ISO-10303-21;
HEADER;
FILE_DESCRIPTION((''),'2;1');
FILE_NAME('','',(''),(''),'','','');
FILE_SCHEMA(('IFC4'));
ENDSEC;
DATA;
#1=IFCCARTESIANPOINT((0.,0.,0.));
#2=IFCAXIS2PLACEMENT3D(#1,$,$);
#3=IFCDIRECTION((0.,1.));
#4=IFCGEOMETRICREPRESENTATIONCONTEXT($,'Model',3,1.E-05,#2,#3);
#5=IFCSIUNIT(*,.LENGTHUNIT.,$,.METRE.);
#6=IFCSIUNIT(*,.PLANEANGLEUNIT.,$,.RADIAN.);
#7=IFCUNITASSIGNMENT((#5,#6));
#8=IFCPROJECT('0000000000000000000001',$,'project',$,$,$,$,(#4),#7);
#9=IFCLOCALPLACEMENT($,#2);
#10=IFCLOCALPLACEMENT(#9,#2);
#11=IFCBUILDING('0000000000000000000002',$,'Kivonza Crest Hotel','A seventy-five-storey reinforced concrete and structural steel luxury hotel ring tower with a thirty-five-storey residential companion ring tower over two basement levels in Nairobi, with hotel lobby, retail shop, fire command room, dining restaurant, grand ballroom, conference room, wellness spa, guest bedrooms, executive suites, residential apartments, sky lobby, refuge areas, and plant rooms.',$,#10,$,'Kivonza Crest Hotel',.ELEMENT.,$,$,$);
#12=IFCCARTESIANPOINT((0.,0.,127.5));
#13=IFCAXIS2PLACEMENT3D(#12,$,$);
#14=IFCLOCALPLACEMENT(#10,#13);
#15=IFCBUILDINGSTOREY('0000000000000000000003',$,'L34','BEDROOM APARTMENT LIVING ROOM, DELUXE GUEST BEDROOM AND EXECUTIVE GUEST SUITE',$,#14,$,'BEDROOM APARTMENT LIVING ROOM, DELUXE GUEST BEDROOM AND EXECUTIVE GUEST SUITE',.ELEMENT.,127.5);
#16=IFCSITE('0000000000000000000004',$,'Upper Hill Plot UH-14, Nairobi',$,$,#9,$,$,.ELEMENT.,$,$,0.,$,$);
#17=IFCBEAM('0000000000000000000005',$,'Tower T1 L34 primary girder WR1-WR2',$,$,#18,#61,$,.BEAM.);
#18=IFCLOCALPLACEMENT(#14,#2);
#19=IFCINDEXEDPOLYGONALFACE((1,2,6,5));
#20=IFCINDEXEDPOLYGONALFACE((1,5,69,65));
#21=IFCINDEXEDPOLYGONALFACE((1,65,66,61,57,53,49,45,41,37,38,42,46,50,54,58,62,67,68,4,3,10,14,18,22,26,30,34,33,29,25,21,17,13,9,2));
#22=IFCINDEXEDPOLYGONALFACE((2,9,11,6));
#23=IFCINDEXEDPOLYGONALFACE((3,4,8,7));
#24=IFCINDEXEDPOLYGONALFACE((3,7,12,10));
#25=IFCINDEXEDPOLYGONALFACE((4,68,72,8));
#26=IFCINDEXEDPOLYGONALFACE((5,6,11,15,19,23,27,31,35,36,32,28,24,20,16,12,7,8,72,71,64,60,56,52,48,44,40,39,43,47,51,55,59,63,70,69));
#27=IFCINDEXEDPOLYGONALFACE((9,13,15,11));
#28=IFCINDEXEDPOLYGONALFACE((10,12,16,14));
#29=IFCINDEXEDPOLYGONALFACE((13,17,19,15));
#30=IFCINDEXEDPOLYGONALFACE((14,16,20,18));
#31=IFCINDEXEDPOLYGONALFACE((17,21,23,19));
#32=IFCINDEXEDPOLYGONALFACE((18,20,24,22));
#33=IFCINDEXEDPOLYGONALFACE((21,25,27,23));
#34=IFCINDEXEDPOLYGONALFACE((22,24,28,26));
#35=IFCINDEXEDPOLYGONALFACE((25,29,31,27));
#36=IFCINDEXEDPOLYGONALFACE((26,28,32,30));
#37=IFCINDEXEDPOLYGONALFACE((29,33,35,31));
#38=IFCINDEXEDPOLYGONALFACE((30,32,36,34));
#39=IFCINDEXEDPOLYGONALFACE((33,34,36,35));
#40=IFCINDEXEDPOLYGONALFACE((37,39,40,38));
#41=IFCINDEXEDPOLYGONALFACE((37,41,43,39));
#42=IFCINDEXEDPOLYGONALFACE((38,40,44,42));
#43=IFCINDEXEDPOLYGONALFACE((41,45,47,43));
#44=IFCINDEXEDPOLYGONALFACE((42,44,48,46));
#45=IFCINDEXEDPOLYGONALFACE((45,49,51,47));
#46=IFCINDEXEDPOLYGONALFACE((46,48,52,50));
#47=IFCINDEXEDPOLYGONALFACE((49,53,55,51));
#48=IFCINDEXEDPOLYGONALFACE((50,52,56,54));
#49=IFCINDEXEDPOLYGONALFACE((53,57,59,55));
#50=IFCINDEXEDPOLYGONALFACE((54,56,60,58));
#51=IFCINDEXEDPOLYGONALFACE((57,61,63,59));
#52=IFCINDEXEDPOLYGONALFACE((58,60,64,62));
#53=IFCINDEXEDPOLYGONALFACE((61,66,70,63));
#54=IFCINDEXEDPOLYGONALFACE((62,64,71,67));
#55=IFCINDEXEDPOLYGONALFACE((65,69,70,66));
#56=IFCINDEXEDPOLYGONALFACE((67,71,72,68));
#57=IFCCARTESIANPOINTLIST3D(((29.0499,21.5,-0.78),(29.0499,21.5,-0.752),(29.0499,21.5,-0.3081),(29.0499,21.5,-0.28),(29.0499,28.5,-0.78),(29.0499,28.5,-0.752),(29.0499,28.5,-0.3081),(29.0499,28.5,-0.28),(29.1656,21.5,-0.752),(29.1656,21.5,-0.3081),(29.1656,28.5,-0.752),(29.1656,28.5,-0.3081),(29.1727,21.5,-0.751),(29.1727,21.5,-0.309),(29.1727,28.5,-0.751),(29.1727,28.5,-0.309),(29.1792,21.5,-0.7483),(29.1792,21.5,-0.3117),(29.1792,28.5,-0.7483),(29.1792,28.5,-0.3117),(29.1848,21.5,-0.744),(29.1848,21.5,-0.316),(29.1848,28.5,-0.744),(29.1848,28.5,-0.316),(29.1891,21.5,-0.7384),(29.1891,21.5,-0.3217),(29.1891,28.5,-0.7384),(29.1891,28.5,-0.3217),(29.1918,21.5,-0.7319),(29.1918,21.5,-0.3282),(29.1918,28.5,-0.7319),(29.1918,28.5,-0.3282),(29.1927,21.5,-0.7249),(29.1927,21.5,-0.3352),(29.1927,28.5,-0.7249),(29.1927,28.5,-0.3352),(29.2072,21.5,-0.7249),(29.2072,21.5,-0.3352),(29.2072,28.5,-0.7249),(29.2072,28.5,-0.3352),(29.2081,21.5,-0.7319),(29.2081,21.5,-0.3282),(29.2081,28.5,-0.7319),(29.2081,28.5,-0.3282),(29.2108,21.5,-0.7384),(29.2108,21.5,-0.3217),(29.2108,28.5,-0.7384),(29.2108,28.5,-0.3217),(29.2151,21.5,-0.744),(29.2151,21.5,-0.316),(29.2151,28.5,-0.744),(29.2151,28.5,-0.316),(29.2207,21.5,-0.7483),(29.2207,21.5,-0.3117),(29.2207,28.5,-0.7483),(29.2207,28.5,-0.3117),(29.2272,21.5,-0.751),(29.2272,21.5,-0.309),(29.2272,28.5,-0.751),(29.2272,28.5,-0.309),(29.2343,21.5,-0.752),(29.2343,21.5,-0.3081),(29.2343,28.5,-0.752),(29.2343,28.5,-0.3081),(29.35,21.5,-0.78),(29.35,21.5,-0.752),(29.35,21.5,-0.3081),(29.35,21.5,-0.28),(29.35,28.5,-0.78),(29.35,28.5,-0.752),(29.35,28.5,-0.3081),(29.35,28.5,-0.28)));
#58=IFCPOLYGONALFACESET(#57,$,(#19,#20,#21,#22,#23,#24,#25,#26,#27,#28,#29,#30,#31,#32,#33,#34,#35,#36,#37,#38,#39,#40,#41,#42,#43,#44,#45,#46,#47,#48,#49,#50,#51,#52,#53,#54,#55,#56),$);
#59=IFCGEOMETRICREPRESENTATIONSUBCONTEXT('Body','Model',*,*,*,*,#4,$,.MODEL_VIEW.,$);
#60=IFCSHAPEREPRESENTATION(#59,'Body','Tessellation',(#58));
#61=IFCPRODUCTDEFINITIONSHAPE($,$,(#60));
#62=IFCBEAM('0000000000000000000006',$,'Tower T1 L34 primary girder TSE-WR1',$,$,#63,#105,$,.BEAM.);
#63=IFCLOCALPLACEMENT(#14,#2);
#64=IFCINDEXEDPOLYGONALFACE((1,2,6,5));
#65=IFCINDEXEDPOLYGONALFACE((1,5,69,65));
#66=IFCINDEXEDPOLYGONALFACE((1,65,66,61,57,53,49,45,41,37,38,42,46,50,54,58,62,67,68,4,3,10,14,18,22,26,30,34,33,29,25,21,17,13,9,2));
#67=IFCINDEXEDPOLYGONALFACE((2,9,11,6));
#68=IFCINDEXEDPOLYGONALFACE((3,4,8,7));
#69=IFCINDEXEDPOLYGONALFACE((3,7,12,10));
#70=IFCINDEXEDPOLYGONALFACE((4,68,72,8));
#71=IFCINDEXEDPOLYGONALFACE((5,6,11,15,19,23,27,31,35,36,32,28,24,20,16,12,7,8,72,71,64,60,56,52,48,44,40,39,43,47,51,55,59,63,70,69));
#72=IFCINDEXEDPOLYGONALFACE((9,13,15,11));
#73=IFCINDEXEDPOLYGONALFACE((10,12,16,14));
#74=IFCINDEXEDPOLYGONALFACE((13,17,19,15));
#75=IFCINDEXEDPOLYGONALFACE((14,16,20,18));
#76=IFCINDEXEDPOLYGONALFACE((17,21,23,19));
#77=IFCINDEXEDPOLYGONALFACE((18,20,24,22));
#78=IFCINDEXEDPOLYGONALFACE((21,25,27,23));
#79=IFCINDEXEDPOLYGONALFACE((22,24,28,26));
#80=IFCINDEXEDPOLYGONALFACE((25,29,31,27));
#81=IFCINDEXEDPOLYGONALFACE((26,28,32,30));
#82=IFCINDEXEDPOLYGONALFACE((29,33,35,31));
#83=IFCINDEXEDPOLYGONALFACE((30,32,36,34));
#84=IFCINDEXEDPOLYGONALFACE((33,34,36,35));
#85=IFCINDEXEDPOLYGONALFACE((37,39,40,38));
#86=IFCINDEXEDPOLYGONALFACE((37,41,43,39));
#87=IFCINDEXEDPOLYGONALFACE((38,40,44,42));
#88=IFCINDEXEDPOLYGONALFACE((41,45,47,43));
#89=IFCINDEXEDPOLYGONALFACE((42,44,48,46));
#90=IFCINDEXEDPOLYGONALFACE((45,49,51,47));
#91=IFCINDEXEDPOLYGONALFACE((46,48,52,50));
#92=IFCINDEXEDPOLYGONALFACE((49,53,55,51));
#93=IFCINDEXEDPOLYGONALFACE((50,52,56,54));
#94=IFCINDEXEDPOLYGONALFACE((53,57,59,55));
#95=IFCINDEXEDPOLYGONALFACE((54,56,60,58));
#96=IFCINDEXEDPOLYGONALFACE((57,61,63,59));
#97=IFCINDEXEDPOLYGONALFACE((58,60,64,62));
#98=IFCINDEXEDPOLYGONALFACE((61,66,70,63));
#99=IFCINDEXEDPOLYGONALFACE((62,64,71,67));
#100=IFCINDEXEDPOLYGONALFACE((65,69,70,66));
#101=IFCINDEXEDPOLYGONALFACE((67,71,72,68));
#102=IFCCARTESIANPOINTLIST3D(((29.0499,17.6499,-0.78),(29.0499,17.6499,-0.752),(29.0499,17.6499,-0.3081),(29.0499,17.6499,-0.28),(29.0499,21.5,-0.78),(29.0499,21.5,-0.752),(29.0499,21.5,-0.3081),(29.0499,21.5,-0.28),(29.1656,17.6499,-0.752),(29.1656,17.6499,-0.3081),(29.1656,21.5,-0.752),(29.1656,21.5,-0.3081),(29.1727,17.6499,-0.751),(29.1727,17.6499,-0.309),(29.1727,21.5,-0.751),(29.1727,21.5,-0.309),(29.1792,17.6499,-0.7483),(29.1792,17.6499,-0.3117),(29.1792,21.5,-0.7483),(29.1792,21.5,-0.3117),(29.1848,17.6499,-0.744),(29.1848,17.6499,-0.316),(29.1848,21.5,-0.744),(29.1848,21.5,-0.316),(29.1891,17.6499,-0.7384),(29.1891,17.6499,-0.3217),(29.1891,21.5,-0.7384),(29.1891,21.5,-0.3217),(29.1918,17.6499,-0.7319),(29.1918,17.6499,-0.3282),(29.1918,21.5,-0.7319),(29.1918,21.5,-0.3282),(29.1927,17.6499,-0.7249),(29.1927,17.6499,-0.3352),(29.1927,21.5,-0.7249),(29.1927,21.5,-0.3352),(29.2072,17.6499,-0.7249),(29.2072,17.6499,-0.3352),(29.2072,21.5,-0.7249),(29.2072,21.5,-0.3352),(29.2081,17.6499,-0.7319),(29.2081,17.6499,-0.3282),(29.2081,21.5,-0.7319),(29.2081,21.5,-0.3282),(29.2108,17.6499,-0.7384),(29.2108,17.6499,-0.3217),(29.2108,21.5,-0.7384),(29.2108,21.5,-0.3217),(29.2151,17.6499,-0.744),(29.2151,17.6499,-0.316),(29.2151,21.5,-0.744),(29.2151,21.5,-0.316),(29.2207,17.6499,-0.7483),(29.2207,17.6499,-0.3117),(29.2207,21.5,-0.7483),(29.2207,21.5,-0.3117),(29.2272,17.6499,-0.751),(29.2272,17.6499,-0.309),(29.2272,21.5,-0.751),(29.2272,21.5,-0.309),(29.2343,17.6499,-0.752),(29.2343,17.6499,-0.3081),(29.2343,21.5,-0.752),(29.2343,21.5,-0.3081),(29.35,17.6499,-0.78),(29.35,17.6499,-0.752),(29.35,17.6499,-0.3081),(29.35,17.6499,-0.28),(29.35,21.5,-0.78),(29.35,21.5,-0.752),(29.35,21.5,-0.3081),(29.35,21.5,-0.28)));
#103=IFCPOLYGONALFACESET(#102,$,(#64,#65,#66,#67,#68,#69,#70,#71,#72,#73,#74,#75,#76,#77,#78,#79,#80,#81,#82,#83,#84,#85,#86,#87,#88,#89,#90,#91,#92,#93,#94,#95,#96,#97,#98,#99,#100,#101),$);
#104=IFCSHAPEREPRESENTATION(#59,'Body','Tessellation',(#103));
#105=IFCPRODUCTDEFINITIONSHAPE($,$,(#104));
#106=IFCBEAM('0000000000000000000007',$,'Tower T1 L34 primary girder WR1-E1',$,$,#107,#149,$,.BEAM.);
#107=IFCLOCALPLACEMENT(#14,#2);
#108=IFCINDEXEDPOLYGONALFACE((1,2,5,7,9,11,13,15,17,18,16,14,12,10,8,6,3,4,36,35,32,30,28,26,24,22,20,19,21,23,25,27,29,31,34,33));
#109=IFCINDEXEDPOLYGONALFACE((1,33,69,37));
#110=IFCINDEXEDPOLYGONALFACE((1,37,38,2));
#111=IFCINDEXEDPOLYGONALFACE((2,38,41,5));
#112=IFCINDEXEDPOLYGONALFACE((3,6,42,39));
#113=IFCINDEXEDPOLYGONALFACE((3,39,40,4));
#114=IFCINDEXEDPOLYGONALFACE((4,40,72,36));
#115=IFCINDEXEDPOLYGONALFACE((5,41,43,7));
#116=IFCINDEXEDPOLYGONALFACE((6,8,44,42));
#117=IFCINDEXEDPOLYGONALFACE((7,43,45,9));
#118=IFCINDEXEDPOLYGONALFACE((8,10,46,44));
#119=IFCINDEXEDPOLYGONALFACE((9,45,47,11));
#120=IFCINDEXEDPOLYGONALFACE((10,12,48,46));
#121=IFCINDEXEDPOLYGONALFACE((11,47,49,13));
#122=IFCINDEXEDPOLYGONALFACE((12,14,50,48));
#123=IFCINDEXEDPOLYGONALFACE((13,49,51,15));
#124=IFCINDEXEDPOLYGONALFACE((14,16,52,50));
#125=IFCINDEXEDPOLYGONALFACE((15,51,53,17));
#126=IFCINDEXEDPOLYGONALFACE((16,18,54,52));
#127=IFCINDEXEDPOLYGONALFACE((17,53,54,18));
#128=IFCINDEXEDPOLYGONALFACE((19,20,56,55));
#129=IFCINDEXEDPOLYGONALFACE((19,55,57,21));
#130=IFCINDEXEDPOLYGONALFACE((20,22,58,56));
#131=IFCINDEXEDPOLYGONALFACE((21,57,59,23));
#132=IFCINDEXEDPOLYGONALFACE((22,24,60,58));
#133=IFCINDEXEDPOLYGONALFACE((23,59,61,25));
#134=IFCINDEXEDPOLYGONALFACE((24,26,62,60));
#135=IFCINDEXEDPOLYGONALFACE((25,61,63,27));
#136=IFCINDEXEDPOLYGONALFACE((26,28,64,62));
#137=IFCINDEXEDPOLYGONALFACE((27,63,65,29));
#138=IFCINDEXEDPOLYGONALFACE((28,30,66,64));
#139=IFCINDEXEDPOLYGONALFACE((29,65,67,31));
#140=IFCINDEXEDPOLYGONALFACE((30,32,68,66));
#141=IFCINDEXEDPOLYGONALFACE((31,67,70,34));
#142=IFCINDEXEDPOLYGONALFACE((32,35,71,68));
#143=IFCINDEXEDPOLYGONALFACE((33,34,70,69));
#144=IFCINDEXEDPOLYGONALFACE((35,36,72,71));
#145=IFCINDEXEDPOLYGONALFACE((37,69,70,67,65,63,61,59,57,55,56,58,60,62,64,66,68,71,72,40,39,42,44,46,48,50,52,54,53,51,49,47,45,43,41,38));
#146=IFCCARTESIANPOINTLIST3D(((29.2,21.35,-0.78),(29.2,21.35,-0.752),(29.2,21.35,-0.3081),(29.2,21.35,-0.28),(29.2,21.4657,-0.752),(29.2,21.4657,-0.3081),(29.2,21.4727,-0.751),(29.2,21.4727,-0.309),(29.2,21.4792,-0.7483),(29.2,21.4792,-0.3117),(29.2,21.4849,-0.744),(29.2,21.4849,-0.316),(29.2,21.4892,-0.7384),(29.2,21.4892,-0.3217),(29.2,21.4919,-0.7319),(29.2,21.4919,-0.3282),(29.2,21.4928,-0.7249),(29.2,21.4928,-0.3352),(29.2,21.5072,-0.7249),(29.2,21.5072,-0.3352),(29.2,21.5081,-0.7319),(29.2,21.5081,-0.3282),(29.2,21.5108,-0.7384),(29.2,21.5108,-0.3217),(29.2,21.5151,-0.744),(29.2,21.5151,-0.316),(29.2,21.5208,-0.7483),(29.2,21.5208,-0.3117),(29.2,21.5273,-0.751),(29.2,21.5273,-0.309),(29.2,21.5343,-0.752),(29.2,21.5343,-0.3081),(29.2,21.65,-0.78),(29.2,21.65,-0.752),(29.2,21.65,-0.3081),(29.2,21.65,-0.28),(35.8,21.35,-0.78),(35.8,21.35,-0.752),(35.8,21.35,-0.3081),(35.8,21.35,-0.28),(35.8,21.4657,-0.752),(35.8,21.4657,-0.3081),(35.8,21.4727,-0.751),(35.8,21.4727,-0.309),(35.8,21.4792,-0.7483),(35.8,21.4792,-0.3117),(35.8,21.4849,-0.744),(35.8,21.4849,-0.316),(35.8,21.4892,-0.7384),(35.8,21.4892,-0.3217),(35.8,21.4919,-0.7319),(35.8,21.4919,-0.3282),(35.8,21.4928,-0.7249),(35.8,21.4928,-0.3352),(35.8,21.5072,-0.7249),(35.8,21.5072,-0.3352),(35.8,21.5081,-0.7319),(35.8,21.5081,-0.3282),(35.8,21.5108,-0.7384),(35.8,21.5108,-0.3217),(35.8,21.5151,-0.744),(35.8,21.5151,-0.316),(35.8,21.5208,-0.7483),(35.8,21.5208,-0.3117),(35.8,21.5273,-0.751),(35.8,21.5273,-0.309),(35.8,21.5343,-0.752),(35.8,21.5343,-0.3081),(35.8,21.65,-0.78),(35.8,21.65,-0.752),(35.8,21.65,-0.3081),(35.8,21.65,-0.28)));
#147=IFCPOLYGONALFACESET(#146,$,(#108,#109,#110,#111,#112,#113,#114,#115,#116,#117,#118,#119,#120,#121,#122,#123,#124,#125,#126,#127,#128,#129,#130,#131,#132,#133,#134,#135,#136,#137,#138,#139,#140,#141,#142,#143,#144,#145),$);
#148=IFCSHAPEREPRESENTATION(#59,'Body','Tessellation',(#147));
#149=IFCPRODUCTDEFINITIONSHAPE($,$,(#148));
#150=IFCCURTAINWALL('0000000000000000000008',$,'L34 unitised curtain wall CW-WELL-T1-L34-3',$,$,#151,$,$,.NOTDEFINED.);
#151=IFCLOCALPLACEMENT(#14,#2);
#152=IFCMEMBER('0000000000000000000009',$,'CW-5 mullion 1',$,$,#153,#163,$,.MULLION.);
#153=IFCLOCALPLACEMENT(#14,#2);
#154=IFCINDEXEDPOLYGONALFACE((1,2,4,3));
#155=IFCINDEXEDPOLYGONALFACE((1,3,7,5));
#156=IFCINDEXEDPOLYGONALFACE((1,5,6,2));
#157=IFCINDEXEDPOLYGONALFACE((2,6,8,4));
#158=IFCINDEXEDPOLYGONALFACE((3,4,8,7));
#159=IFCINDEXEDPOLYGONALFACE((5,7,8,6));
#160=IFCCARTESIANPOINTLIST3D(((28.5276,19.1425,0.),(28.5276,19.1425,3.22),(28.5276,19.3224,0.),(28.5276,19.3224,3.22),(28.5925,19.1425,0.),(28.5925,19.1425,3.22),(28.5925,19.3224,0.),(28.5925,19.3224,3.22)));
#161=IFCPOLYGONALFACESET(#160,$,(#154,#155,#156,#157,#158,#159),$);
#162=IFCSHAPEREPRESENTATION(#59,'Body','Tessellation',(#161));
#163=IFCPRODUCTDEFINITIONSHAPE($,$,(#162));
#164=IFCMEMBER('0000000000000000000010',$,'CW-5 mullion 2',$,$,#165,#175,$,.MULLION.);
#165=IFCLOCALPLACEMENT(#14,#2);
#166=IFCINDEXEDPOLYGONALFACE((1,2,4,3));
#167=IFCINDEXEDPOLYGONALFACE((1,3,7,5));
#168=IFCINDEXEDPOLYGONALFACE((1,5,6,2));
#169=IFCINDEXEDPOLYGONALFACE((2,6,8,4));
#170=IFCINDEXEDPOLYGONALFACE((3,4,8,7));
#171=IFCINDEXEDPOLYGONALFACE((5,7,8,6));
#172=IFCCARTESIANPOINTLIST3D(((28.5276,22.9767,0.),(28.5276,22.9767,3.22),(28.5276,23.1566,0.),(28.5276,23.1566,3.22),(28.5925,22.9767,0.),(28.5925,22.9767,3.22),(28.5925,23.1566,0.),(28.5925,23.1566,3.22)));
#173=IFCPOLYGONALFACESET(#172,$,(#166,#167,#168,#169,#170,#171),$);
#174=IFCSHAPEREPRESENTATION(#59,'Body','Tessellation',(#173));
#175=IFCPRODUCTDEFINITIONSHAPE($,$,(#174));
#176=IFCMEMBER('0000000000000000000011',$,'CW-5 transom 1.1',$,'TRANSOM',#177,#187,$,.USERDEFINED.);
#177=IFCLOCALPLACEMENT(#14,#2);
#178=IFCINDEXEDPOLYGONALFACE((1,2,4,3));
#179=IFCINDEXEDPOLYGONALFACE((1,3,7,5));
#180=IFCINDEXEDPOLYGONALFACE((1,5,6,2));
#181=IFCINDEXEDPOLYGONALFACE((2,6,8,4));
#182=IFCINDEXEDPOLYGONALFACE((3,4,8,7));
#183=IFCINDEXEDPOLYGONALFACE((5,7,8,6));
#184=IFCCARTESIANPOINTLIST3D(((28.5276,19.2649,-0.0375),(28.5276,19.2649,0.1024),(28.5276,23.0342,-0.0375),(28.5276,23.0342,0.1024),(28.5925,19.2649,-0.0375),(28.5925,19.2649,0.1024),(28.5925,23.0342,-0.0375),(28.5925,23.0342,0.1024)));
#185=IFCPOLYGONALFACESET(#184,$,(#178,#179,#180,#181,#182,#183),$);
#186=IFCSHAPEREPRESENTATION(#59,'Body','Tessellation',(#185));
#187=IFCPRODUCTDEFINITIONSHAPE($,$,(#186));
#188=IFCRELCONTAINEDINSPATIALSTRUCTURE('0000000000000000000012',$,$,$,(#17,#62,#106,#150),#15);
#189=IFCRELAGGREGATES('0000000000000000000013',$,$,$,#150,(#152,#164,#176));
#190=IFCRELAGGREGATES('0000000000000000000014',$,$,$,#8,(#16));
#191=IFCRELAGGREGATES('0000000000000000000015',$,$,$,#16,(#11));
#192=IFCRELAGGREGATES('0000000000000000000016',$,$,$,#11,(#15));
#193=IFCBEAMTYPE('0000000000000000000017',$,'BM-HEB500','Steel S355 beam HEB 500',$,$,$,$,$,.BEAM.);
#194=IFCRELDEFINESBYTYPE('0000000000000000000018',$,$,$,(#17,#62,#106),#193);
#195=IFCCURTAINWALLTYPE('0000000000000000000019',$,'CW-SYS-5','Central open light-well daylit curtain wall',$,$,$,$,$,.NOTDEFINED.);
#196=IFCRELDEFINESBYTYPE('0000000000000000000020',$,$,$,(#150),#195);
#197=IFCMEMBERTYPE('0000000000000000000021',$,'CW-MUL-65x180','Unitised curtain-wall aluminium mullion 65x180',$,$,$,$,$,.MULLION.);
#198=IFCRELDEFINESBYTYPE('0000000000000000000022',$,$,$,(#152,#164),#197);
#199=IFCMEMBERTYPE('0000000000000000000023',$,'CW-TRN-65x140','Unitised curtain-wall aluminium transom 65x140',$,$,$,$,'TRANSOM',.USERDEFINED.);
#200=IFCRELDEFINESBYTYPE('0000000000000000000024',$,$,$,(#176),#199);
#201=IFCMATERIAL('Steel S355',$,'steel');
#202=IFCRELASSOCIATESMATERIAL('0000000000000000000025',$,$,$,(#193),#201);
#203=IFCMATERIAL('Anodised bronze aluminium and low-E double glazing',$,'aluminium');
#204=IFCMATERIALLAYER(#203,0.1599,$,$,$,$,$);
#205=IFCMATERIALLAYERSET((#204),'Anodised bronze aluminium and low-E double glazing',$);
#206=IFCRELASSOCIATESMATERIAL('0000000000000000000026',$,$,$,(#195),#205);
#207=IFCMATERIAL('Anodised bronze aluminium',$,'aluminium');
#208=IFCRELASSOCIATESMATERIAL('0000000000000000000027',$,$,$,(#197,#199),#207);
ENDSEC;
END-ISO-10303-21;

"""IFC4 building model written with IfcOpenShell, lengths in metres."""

from ifc_helpers import new_model, si_unit, direction, frame, origin, origin_2d, place, context, subcontext, project, spatial, rectangle, i_section, extrude, material, layer, layer_set, material_profile, profile_set, type_object, element, aggregate, save


model = new_model("IFC4")

# Units and contexts
model_context = context("Model", 3, precision=1e-05, world=origin(), true_north=direction((0.0, 1.0)))
body_context = subcontext(model_context, "Body", "Model", "MODEL_VIEW")
ifc_project = project(units=[si_unit("LENGTHUNIT", "METRE"), si_unit("PLANEANGLEUNIT", "RADIAN")], contexts=[model_context])

# Site, building, storey
site_placement = place(None, origin())
site = spatial("IfcSite", under=ifc_project, at=site_placement, Name="Upper Hill Plot UH-14, Nairobi", CompositionType="ELEMENT", RefElevation=0.0)
building_placement = place(site_placement, origin())
building = spatial("IfcBuilding", under=site, at=building_placement, Name="Kivonza Crest Hotel", Description="A seventy-five-storey reinforced concrete and structural steel luxury hotel ring tower with a thirty-five-storey residential companion ring tower over two basement levels in Nairobi, with hotel lobby, retail shop, fire command room, dining restaurant, grand ballroom, conference room, wellness spa, guest bedrooms, executive suites, residential apartments, sky lobby, refuge areas, and plant rooms.", LongName="Kivonza Crest Hotel", CompositionType="ELEMENT")
storey_placement = place(building_placement, frame((0.0, 0.0, 127.5)))
storey = spatial("IfcBuildingStorey", under=building, at=storey_placement, Name="L34", Description="BEDROOM APARTMENT LIVING ROOM, DELUXE GUEST BEDROOM AND EXECUTIVE GUEST SUITE", LongName="BEDROOM APARTMENT LIVING ROOM, DELUXE GUEST BEDROOM AND EXECUTIVE GUEST SUITE", CompositionType="ELEMENT", Elevation=127.5)

# Beams
ifc_material_1 = material(Name="Steel S355", Category="steel")
ifc_material_profile_1 = material_profile(ifc_material_1, i_section(OverallWidth=0.3, OverallDepth=0.5, WebThickness=0.0144, FlangeThickness=0.0281, FilletRadius=0.0271, at=origin_2d()), Name="HEB 500")
ifc_profile_set_1 = profile_set([ifc_material_profile_1], Name="Steel S355")
beam_type_1 = type_object("IfcBeamType", Name="BM-HEB500", Description="Steel S355 beam HEB 500", PredefinedType="BEAM", material=ifc_profile_set_1)
beam_1_placement = place(storey_placement, frame((29.2, 21.5, -0.53), z_axis=(0.0, 1.0, 0.0), x_axis=(-1.0, 0.0, 0.0)))
element("IfcBeam", 1, at=beam_1_placement, inside=storey, type_object=beam_type_1, Name="Tower T1 L34 primary girder WR1-WR2", PredefinedType="BEAM", context=body_context, shape_type="SweptSolid", body=[
    extrude(i_section(OverallWidth=0.3, OverallDepth=0.5, WebThickness=0.0144, FlangeThickness=0.0281, FilletRadius=0.0271, at=origin_2d()), origin(), (0.0, 0.0, 1.0), 7.0),
])
beam_2_placement = place(storey_placement, frame((29.2, 17.6499, -0.53), z_axis=(0.0, 1.0, 0.0), x_axis=(-1.0, 0.0, 0.0)))
element("IfcBeam", 2, at=beam_2_placement, inside=storey, type_object=beam_type_1, Name="Tower T1 L34 primary girder TSE-WR1", PredefinedType="BEAM", context=body_context, shape_type="SweptSolid", body=[
    extrude(i_section(OverallWidth=0.3, OverallDepth=0.5, WebThickness=0.0144, FlangeThickness=0.0281, FilletRadius=0.0271, at=origin_2d()), origin(), (0.0, 0.0, 1.0), 3.8501),
])
beam_3_placement = place(storey_placement, frame((29.2, 21.5, -0.53), z_axis=(1.0, 0.0, 0.0), x_axis=(0.0, 1.0, 0.0)))
element("IfcBeam", 3, at=beam_3_placement, inside=storey, type_object=beam_type_1, Name="Tower T1 L34 primary girder WR1-E1", PredefinedType="BEAM", context=body_context, shape_type="SweptSolid", body=[
    extrude(i_section(OverallWidth=0.3, OverallDepth=0.5, WebThickness=0.0144, FlangeThickness=0.0281, FilletRadius=0.0271, at=origin_2d()), origin(), (0.0, 0.0, 1.0), 6.6001),
])

# Curtain wall, members
ifc_material_2 = material(Name="Anodised bronze aluminium and low-E double glazing", Category="aluminium")
ifc_layer_1 = layer(ifc_material_2, 0.1599)
ifc_layer_set_1 = layer_set([ifc_layer_1], Name="Anodised bronze aluminium and low-E double glazing")
curtain_wall_type = type_object("IfcCurtainWallType", Name="CW-SYS-5", Description="Central open light-well daylit curtain wall", PredefinedType="NOTDEFINED", material=ifc_layer_set_1)
curtain_wall_placement = place(storey_placement, origin())
curtain_wall = element("IfcCurtainWall", 4, at=curtain_wall_placement, inside=storey, type_object=curtain_wall_type, Name="L34 unitised curtain wall CW-WELL-T1-L34-3", PredefinedType="NOTDEFINED")
ifc_material_3 = material(Name="Anodised bronze aluminium", Category="aluminium")
ifc_material_profile_2 = material_profile(ifc_material_3, rectangle(XDim=0.0649, YDim=0.1799, at=origin_2d()), Name="CW-M 65x180")
ifc_profile_set_2 = profile_set([ifc_material_profile_2], Name="Anodised bronze aluminium")
member_type_1 = type_object("IfcMemberType", Name="CW-MUL-65x180", Description="Unitised curtain-wall aluminium mullion 65x180", PredefinedType="MULLION", material=ifc_profile_set_2)
member_1_placement = place(storey_placement, frame((28.5601, 19.2324, 0.0), z_axis=(0.0, 0.0, 1.0), x_axis=(-1.0, 0.0, 0.0)))
member_1 = element("IfcMember", 5, at=member_1_placement, type_object=member_type_1, Name="CW-5 mullion 1", PredefinedType="MULLION", context=body_context, shape_type="SweptSolid", body=[
    extrude(rectangle(XDim=0.0649, YDim=0.1799, at=origin_2d()), origin(), (0.0, 0.0, 1.0), 3.22),
])
member_2_placement = place(storey_placement, frame((28.5601, 23.0667, 0.0), z_axis=(0.0, 0.0, 1.0), x_axis=(-1.0, 0.0, 0.0)))
member_2 = element("IfcMember", 6, at=member_2_placement, type_object=member_type_1, Name="CW-5 mullion 2", PredefinedType="MULLION", context=body_context, shape_type="SweptSolid", body=[
    extrude(rectangle(XDim=0.0649, YDim=0.1799, at=origin_2d()), origin(), (0.0, 0.0, 1.0), 3.22),
])
ifc_material_profile_3 = material_profile(ifc_material_3, rectangle(XDim=0.0649, YDim=0.1399, at=origin_2d()), Name="CW-T 65x140")
ifc_profile_set_3 = profile_set([ifc_material_profile_3], Name="Anodised bronze aluminium")
member_type_2 = type_object("IfcMemberType", Name="CW-TRN-65x140", Description="Unitised curtain-wall aluminium transom 65x140", ElementType="TRANSOM", PredefinedType="USERDEFINED", material=ifc_profile_set_3)
member_3_placement = place(storey_placement, frame((28.5601, 19.2649, 0.0325), z_axis=(0.0, 1.0, 0.0), x_axis=(-1.0, 0.0, 0.0)))
member_3 = element("IfcMember", 7, at=member_3_placement, type_object=member_type_2, Name="CW-5 transom 1.1", ObjectType="TRANSOM", PredefinedType="USERDEFINED", context=body_context, shape_type="SweptSolid", body=[
    extrude(rectangle(XDim=0.0649, YDim=0.1399, at=origin_2d()), origin(), (0.0, 0.0, 1.0), 3.7693),
])
aggregate(curtain_wall, [member_1, member_2, member_3])

save(model, "model.ifc")
